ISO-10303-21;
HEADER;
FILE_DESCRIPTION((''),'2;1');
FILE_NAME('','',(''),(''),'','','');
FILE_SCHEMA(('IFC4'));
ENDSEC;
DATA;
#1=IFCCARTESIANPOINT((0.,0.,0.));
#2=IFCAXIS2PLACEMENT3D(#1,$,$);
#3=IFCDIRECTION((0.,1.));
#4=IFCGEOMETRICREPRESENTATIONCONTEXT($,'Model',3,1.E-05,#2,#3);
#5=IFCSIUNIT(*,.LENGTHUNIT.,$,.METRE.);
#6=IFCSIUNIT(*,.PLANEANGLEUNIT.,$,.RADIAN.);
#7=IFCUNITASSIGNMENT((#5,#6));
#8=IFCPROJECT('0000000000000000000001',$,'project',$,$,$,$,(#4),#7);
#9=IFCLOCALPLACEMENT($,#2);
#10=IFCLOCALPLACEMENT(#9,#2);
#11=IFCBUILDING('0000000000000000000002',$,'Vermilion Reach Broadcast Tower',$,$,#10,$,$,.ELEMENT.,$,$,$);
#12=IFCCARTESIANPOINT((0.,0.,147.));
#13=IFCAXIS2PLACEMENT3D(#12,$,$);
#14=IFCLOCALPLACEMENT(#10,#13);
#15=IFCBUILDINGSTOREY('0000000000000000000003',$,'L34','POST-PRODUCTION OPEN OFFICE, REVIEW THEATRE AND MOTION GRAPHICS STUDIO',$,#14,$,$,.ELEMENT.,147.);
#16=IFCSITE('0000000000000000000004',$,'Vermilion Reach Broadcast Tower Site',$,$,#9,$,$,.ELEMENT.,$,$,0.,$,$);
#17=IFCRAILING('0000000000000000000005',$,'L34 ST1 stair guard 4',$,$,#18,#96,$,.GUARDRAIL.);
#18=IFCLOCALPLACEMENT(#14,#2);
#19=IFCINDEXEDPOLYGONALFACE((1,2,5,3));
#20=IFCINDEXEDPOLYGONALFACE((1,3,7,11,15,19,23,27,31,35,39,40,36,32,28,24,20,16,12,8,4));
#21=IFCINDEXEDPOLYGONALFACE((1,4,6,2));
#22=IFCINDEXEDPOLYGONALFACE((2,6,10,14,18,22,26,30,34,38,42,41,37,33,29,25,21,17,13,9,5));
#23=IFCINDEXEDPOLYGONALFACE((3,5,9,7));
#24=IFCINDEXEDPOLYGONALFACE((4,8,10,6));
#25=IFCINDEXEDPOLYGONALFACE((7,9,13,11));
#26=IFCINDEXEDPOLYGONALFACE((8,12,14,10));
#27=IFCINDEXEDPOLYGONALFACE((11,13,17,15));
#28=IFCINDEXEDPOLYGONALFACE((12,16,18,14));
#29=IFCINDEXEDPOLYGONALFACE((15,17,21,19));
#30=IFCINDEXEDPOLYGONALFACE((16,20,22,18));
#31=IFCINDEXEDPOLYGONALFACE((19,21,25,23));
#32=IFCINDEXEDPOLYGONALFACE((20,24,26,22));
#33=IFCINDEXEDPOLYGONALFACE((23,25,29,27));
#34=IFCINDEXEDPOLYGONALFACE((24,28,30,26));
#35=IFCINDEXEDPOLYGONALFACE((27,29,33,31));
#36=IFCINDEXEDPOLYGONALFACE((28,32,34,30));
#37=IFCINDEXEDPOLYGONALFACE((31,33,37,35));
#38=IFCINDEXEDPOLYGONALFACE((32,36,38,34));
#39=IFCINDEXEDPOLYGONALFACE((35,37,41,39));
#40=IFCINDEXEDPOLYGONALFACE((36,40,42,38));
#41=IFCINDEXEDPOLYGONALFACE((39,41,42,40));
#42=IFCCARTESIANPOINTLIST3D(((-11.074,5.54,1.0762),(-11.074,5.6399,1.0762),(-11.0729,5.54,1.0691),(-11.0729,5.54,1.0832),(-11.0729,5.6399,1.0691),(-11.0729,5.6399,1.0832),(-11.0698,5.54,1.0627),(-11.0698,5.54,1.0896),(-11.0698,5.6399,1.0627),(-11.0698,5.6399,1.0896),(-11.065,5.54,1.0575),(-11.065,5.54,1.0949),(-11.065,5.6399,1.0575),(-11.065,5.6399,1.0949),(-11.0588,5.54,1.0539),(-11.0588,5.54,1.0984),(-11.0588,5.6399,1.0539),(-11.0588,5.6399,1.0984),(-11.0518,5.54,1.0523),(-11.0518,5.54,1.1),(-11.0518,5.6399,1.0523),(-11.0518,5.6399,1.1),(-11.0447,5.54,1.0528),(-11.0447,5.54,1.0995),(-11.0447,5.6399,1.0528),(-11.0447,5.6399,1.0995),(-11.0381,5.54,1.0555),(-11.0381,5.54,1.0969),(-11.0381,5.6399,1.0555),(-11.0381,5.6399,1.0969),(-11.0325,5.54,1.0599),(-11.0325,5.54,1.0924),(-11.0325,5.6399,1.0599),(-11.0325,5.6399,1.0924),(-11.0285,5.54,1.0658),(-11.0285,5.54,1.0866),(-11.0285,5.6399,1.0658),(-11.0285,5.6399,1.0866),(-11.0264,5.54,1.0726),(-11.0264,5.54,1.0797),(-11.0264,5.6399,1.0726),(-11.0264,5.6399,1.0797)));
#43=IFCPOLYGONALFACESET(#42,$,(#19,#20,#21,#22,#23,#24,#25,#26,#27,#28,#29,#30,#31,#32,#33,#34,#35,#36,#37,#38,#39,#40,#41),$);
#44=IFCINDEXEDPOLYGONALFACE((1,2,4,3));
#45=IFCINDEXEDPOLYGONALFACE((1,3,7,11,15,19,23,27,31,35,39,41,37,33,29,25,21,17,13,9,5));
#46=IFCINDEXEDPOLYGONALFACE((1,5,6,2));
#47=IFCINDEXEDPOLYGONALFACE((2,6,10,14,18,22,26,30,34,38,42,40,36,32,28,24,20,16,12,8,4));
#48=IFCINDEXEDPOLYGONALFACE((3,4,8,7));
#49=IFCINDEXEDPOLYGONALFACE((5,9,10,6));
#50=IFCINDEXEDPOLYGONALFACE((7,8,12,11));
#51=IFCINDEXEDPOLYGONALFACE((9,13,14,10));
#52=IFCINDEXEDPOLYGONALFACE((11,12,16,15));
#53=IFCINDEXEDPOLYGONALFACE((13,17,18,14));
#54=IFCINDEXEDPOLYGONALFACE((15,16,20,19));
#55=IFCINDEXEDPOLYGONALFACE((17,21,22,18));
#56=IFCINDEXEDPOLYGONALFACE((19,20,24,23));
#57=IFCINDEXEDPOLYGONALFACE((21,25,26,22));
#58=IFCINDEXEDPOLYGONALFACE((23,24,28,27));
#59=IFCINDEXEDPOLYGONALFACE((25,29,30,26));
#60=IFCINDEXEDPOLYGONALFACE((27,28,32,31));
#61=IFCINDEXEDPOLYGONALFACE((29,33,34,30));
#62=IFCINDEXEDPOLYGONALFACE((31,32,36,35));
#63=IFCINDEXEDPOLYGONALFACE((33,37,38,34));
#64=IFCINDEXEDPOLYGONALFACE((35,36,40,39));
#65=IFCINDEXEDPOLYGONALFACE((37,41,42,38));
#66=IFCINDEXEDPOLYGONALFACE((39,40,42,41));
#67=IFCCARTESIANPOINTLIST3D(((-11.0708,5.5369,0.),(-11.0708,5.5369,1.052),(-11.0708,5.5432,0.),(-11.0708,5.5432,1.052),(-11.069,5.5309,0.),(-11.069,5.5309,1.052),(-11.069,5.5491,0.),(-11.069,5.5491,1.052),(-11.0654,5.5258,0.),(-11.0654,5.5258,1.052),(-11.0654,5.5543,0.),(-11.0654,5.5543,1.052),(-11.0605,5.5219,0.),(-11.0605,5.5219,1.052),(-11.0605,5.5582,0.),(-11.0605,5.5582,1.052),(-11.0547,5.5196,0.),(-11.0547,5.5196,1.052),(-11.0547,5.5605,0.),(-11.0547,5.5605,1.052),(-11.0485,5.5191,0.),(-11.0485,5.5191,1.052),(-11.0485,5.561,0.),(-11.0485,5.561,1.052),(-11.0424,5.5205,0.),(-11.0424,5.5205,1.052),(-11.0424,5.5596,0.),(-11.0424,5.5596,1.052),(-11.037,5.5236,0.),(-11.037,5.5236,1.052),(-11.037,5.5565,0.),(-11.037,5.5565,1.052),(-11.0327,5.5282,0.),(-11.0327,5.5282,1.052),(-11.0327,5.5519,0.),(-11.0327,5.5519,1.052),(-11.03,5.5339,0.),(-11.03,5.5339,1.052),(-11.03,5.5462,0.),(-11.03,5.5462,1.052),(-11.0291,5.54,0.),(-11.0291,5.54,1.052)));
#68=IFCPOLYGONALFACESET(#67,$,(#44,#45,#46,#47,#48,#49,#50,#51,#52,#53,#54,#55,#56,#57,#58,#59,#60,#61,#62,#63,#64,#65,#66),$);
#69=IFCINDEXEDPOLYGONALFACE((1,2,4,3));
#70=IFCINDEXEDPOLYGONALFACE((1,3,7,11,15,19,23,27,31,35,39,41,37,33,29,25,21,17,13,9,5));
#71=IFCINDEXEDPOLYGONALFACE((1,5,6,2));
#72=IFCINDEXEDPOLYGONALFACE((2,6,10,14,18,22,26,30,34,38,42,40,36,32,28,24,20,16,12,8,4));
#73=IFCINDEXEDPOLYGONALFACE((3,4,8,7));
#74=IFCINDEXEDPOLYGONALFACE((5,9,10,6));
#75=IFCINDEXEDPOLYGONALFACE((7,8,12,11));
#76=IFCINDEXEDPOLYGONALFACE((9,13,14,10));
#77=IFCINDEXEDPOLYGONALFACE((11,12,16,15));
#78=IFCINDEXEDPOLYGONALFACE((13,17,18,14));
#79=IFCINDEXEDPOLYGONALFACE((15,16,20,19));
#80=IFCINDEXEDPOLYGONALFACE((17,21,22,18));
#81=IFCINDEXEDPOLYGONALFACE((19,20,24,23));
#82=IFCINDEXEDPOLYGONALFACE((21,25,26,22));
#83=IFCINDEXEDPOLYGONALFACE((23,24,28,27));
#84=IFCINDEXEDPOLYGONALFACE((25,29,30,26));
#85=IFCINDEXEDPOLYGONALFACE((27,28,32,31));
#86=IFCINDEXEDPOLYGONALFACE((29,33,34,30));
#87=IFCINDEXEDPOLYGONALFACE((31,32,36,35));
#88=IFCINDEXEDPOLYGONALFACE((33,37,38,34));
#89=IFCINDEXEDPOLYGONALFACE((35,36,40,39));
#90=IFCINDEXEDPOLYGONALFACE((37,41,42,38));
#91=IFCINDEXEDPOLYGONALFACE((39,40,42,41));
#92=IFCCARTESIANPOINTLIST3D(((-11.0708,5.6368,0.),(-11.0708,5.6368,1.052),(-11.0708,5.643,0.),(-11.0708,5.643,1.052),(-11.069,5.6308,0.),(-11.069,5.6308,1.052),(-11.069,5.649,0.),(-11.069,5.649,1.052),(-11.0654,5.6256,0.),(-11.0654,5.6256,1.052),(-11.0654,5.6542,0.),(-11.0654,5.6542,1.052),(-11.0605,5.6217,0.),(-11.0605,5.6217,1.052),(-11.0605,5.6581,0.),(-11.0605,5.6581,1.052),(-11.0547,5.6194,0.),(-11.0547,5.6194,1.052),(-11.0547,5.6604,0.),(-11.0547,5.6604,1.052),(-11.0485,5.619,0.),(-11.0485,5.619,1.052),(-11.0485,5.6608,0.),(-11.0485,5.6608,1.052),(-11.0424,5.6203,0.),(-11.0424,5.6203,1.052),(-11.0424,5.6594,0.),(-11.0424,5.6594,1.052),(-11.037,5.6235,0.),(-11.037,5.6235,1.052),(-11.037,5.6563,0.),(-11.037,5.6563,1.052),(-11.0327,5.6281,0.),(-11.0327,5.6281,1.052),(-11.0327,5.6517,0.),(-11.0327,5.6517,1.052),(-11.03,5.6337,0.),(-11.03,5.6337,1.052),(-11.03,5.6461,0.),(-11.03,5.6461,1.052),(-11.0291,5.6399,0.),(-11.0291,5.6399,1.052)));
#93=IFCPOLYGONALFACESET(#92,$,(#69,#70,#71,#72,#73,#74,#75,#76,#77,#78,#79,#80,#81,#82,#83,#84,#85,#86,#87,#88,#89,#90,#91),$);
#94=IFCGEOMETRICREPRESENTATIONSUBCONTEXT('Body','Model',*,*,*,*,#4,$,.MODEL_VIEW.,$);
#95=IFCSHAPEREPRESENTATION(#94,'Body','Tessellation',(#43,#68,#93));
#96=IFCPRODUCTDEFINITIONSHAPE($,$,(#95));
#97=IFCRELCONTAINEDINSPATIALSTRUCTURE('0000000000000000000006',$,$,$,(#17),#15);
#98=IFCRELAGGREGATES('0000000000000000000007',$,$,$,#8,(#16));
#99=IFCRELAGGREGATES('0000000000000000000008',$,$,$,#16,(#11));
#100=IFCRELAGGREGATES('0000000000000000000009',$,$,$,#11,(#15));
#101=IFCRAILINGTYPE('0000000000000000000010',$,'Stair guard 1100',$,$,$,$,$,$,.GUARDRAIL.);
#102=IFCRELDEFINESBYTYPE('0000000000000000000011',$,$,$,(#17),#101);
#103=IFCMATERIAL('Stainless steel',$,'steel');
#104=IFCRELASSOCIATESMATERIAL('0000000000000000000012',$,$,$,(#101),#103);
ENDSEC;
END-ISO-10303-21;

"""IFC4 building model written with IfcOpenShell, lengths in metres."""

from ifc_helpers import new_model, si_unit, direction, frame, origin, origin_2d, place, context, subcontext, project, spatial, circle, extrude, material, type_object, element, save


model = new_model("IFC4")

# Units and contexts
model_context = context("Model", 3, precision=1e-05, world=origin(), true_north=direction((0.0, 1.0)))
body_context = subcontext(model_context, "Body", "Model", "MODEL_VIEW")
ifc_project = project(units=[si_unit("LENGTHUNIT", "METRE"), si_unit("PLANEANGLEUNIT", "RADIAN")], contexts=[model_context])

# Site, building, storey
site_placement = place(None, origin())
site = spatial("IfcSite", under=ifc_project, at=site_placement, Name="Vermilion Reach Broadcast Tower Site", CompositionType="ELEMENT", RefElevation=0.0)
building_placement = place(site_placement, origin())
building = spatial("IfcBuilding", under=site, at=building_placement, Name="Vermilion Reach Broadcast Tower", CompositionType="ELEMENT")
storey_placement = place(building_placement, frame((0.0, 0.0, 147.0)))
storey = spatial("IfcBuildingStorey", under=building, at=storey_placement, Name="L34", Description="POST-PRODUCTION OPEN OFFICE, REVIEW THEATRE AND MOTION GRAPHICS STUDIO", CompositionType="ELEMENT", Elevation=147.0)

# Railing
ifc_material_1 = material(Name="Stainless steel", Category="steel")
railing_type_1 = type_object("IfcRailingType", Name="Stair guard 1100", PredefinedType="GUARDRAIL", material=ifc_material_1)
railing_1_placement = place(storey_placement, frame((-11.05, 5.54, 0.0)))
element("IfcRailing", 1, at=railing_1_placement, inside=storey, type_object=railing_type_1, Name="L34 ST1 stair guard 4", PredefinedType="GUARDRAIL", context=body_context, shape_type="SweptSolid", body=[
    extrude(circle(Radius=0.0239, at=origin_2d()), frame((0.0, 0.0, 1.0762), z_axis=(0.0, 1.0, 0.0), x_axis=(-1.0, 0.0, 0.0)), (0.0, 0.0, 1.0), 0.0999),
    extrude(circle(Radius=0.021, at=origin_2d()), origin(), (0.0, 0.0, 1.0), 1.052),
    extrude(circle(Radius=0.021, at=origin_2d()), frame((0.0, 0.0999, 0.0)), (0.0, 0.0, 1.0), 1.052),
])

save(model, "model.ifc")
